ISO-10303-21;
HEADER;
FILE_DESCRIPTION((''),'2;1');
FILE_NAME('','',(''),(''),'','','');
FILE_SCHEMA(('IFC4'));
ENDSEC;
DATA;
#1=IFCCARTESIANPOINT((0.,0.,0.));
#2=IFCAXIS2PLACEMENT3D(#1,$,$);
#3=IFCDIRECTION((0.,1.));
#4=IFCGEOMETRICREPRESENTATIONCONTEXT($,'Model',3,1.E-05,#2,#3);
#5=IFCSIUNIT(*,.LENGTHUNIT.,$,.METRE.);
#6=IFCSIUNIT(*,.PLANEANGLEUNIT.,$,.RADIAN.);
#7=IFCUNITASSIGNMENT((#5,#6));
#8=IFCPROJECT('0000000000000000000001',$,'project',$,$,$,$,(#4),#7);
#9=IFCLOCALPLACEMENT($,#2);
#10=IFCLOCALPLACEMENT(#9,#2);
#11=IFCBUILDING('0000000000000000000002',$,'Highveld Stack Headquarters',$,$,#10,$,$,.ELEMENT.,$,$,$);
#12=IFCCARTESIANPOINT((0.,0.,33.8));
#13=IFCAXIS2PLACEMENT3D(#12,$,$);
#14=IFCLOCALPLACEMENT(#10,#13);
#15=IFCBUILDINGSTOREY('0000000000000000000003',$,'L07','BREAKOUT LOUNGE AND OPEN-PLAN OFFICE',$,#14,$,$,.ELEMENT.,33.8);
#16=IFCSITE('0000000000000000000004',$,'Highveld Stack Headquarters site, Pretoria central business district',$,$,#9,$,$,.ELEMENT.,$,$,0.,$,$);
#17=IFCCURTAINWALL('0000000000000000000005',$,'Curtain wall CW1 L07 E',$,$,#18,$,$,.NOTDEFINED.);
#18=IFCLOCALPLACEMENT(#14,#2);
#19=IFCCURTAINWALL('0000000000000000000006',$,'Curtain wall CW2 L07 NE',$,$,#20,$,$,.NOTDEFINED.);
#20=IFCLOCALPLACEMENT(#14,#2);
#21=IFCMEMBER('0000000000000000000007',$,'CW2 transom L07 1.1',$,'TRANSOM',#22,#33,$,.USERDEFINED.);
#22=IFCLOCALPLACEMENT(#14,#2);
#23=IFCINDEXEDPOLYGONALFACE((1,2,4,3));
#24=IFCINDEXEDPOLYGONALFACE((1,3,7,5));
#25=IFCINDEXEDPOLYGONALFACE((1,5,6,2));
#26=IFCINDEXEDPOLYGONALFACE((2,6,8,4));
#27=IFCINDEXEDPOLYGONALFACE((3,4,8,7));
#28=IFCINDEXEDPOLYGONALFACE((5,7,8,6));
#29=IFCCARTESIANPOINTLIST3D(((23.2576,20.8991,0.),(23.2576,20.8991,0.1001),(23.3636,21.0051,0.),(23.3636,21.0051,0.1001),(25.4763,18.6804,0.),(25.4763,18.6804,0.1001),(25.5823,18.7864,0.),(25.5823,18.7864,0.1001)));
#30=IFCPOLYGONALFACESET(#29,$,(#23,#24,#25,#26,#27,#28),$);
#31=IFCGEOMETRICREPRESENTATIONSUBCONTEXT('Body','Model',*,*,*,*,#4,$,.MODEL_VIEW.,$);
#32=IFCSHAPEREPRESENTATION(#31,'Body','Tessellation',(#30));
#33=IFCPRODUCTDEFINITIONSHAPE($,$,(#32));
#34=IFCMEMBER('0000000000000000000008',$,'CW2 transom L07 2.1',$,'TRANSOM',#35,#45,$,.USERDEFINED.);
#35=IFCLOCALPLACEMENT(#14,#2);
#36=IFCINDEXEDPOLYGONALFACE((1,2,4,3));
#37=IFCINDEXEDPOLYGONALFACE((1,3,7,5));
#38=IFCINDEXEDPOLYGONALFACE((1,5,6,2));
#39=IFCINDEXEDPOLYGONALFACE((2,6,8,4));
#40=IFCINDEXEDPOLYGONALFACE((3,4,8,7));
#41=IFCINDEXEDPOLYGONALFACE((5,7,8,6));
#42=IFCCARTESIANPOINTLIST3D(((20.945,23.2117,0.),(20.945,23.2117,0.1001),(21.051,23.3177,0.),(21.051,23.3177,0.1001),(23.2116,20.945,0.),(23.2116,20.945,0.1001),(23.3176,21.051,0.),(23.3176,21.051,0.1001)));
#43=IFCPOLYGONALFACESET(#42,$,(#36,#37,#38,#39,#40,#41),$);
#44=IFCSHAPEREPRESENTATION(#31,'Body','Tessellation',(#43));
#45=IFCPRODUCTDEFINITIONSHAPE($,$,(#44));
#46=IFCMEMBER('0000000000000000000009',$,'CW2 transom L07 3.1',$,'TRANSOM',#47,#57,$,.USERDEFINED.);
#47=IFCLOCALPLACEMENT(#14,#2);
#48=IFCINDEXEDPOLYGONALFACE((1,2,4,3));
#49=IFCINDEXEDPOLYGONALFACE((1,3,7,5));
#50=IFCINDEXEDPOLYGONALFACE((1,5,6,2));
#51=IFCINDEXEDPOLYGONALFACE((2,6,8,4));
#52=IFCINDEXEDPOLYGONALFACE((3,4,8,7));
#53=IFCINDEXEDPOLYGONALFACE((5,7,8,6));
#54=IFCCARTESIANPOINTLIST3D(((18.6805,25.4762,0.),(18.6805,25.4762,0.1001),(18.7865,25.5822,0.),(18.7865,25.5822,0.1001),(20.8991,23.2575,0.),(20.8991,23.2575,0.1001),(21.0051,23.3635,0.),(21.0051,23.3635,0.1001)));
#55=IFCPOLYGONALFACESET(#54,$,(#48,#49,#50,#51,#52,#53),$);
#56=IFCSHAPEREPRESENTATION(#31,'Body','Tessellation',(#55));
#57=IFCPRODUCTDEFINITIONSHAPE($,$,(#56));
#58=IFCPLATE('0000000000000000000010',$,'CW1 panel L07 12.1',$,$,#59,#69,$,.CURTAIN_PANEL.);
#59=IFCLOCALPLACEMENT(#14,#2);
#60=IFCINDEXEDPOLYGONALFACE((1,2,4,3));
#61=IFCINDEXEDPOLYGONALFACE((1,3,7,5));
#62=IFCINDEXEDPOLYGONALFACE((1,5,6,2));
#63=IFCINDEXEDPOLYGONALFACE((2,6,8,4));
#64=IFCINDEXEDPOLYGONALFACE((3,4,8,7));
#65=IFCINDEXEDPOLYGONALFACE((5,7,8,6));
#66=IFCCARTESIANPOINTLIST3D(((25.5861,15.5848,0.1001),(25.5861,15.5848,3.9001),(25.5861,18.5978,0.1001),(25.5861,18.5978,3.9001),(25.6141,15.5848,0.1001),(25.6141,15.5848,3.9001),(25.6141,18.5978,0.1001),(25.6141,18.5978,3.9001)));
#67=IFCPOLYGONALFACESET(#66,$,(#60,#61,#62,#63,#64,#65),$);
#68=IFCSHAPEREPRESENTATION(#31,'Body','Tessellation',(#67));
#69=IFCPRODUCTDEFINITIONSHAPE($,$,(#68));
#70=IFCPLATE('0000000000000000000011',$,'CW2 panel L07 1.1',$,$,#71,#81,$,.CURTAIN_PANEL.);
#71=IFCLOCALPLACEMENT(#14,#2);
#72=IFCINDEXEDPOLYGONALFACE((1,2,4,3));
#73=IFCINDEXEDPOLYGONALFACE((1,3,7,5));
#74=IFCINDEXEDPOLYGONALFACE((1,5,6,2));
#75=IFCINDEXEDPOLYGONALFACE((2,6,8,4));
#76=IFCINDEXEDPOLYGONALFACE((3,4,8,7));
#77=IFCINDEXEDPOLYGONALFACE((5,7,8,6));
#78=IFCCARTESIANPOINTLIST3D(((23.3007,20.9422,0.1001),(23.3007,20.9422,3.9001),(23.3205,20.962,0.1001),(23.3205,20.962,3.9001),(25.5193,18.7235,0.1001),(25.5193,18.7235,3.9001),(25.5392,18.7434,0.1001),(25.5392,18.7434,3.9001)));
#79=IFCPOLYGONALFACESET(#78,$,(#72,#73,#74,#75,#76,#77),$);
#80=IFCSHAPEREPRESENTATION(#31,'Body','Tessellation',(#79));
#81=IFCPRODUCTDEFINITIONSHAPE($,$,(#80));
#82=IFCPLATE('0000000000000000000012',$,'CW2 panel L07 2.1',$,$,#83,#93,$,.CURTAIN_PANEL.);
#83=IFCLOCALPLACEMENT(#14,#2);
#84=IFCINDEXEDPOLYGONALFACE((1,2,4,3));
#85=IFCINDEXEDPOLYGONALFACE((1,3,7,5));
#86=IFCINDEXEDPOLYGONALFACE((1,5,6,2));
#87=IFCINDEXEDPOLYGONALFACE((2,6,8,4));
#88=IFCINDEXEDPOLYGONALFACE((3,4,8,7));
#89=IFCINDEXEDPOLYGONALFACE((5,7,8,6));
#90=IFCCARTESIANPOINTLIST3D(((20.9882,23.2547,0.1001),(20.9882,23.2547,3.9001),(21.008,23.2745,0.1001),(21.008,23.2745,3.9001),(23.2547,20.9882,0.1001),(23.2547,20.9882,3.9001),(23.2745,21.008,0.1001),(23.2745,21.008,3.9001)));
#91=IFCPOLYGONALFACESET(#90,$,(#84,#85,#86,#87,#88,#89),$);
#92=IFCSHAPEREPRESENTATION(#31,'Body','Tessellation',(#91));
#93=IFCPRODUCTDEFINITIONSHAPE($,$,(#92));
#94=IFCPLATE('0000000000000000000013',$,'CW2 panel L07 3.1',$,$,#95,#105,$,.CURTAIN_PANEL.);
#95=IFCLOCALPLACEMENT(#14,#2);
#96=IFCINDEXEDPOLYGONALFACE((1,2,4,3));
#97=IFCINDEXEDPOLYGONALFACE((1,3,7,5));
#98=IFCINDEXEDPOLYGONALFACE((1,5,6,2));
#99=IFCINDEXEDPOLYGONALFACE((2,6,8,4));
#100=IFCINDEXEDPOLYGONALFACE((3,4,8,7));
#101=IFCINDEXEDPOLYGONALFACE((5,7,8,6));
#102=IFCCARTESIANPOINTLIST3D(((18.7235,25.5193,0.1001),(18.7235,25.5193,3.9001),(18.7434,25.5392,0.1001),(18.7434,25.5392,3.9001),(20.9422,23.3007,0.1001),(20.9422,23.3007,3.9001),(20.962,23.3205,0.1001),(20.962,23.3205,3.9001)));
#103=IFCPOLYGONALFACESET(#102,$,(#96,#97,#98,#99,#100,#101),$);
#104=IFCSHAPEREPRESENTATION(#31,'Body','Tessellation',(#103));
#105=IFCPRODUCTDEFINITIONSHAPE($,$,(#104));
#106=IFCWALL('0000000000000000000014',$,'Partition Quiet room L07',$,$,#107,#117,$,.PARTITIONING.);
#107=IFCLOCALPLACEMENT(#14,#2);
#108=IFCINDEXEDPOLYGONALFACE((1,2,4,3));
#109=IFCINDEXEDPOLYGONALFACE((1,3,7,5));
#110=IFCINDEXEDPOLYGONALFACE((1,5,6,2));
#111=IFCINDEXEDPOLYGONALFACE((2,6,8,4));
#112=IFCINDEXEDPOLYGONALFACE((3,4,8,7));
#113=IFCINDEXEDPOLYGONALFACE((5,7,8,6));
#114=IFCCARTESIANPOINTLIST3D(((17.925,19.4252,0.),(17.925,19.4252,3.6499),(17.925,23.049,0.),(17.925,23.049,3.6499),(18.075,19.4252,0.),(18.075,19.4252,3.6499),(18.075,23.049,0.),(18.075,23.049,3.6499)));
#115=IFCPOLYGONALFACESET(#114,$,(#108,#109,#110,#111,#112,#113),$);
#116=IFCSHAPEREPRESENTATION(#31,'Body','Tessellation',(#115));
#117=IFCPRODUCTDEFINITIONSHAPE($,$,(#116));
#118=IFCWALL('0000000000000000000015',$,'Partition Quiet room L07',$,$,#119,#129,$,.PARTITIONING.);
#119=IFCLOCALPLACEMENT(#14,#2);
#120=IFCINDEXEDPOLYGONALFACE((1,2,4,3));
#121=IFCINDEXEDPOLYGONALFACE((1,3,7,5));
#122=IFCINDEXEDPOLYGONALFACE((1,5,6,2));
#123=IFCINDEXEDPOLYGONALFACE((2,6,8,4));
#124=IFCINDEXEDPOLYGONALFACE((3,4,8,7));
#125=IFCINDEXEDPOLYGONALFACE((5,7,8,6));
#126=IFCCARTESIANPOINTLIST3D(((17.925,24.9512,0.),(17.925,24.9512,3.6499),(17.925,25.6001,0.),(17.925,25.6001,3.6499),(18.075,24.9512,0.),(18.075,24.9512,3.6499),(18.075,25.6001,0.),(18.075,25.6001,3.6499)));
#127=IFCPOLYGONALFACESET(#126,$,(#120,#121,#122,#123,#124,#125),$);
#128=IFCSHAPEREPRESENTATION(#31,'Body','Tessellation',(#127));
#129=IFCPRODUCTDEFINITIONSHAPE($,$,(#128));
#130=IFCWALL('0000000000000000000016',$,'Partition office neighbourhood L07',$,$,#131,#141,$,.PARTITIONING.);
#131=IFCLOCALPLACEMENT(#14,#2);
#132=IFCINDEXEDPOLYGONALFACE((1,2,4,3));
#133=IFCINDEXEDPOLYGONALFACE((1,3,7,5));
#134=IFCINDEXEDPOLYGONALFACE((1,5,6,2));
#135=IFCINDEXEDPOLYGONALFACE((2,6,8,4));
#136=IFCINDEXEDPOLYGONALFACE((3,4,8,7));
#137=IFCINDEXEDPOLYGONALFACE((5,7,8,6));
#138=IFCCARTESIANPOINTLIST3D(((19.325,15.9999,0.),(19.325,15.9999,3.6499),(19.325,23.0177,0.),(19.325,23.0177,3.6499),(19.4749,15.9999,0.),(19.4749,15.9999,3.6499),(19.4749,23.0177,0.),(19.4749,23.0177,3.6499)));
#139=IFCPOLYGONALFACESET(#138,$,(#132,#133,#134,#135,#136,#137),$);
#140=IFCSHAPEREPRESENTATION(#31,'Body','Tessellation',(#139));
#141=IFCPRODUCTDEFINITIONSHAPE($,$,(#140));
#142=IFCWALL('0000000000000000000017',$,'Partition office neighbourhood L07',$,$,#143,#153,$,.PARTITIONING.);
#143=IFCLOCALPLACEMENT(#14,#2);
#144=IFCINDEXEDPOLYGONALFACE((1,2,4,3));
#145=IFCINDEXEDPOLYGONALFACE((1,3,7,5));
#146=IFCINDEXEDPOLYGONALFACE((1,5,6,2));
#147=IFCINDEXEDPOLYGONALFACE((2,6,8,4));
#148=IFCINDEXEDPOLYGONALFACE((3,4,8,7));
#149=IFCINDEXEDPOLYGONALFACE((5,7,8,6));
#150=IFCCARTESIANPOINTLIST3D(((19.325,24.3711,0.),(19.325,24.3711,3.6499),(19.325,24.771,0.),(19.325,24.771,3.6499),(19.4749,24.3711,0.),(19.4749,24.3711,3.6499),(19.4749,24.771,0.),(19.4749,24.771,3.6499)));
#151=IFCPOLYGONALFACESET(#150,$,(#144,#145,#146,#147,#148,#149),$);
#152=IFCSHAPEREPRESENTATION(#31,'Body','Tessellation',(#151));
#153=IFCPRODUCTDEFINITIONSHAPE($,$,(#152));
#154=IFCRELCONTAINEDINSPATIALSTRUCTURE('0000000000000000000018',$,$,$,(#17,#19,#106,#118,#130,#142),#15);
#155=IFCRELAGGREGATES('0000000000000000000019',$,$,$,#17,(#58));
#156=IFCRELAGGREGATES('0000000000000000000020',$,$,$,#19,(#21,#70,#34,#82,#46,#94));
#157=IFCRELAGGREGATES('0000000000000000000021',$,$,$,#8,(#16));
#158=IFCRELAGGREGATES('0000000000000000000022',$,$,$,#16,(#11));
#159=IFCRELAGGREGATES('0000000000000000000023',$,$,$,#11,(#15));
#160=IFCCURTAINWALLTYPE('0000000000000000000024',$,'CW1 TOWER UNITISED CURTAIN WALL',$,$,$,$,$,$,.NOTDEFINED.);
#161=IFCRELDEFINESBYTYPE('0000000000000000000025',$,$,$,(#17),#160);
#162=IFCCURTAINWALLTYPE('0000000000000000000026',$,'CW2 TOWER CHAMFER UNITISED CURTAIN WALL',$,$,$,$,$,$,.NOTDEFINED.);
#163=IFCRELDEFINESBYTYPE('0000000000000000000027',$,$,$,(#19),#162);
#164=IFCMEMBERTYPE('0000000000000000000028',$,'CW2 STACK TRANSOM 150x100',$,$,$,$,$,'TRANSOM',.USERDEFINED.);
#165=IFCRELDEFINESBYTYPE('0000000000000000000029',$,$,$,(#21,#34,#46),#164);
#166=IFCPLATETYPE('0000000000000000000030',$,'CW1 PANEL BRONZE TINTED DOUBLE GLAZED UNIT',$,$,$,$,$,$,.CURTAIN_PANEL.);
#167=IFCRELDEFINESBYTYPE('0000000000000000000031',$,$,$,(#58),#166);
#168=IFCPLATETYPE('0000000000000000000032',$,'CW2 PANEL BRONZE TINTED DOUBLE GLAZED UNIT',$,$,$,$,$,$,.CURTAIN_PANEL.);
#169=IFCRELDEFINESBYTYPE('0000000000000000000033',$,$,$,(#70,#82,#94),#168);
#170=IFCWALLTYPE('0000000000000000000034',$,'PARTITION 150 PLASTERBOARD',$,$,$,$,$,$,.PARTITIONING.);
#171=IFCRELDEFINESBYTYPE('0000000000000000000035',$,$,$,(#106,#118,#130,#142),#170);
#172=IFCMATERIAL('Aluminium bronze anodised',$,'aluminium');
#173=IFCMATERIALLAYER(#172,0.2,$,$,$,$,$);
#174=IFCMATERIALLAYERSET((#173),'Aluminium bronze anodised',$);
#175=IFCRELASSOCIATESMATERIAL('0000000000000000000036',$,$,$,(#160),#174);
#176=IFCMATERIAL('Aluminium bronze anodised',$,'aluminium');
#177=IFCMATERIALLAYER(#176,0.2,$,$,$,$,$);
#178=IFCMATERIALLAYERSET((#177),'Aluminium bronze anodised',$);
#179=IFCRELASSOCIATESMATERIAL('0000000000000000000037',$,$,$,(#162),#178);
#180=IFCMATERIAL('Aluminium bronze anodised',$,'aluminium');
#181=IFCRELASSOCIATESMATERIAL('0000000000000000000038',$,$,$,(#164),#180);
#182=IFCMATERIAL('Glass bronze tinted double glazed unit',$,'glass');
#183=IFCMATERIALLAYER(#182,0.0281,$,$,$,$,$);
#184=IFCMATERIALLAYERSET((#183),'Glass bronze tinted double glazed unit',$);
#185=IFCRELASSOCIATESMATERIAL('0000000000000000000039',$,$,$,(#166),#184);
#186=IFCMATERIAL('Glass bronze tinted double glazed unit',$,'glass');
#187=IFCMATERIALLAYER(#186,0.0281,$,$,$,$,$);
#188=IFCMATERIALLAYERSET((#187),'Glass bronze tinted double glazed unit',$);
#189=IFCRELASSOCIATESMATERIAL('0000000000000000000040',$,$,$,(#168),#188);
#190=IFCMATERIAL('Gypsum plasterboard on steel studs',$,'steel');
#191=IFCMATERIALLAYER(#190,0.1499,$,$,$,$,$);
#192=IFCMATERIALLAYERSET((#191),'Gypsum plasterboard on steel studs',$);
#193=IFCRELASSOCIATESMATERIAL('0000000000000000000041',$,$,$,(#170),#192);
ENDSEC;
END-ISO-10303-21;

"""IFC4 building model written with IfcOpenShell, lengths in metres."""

from ifc_helpers import new_model, si_unit, direction, frame, frame_2d, origin, origin_2d, place, context, subcontext, project, spatial, rectangle, extrude, material, layer, layer_set, material_profile, profile_set, type_object, element, aggregate, save


model = new_model("IFC4")

# Units and contexts
model_context = context("Model", 3, precision=1e-05, world=origin(), true_north=direction((0.0, 1.0)))
body_context = subcontext(model_context, "Body", "Model", "MODEL_VIEW")
ifc_project = project(units=[si_unit("LENGTHUNIT", "METRE"), si_unit("PLANEANGLEUNIT", "RADIAN")], contexts=[model_context])

# Site, building, storey
site_placement = place(None, origin())
site = spatial("IfcSite", under=ifc_project, at=site_placement, Name="Highveld Stack Headquarters site, Pretoria central business district", CompositionType="ELEMENT", RefElevation=0.0)
building_placement = place(site_placement, origin())
building = spatial("IfcBuilding", under=site, at=building_placement, Name="Highveld Stack Headquarters", CompositionType="ELEMENT")
storey_placement = place(building_placement, frame((0.0, 0.0, 33.8)))
storey = spatial("IfcBuildingStorey", under=building, at=storey_placement, Name="L07", Description="BREAKOUT LOUNGE AND OPEN-PLAN OFFICE", CompositionType="ELEMENT", Elevation=33.8)

# Curtain wall
ifc_material_1 = material(Name="Aluminium bronze anodised", Category="aluminium")
ifc_layer_1 = layer(ifc_material_1, 0.2)
ifc_layer_set_1 = layer_set([ifc_layer_1], Name="Aluminium bronze anodised")
curtain_wall_type_1 = type_object("IfcCurtainWallType", Name="CW1 TOWER UNITISED CURTAIN WALL", PredefinedType="NOTDEFINED", material=ifc_layer_set_1)
curtain_wall_1_placement = place(storey_placement, origin())
curtain_wall_1 = element("IfcCurtainWall", 1, at=curtain_wall_1_placement, inside=storey, type_object=curtain_wall_type_1, Name="Curtain wall CW1 L07 E", PredefinedType="NOTDEFINED")

# Curtain wall, members
ifc_material_2 = material(Name="Aluminium bronze anodised", Category="aluminium")
ifc_layer_2 = layer(ifc_material_2, 0.2)
ifc_layer_set_2 = layer_set([ifc_layer_2], Name="Aluminium bronze anodised")
curtain_wall_type_2 = type_object("IfcCurtainWallType", Name="CW2 TOWER CHAMFER UNITISED CURTAIN WALL", PredefinedType="NOTDEFINED", material=ifc_layer_set_2)
curtain_wall_2_placement = place(storey_placement, origin())
curtain_wall_2 = element("IfcCurtainWall", 2, at=curtain_wall_2_placement, inside=storey, type_object=curtain_wall_type_2, Name="Curtain wall CW2 L07 NE", PredefinedType="NOTDEFINED")
ifc_material_3 = material(Name="Aluminium bronze anodised", Category="aluminium")
ifc_material_profile_1 = material_profile(ifc_material_3, rectangle(XDim=0.1499, YDim=0.1001, at=origin_2d()), Name="CW2 TRANSOM 150x100")
ifc_profile_set_1 = profile_set([ifc_material_profile_1], Name="Aluminium bronze anodised")
member_type_1 = type_object("IfcMemberType", Name="CW2 STACK TRANSOM 150x100", ElementType="TRANSOM", PredefinedType="USERDEFINED", material=ifc_profile_set_1)
member_1_placement = place(storey_placement, frame((25.5293, 18.7334, 0.05), z_axis=(-0.707107, 0.707107, 0.0), x_axis=(-0.707107, -0.707107, 0.0)))
member_1 = element("IfcMember", 3, at=member_1_placement, type_object=member_type_1, Name="CW2 transom L07 1.1", ObjectType="TRANSOM", PredefinedType="USERDEFINED", context=body_context, shape_type="SweptSolid", body=[
    extrude(rectangle(XDim=0.1499, YDim=0.1001, at=origin_2d()), origin(), (0.0, 0.0, 1.0), 3.1377),
])
member_2_placement = place(storey_placement, frame((23.2646, 20.998, 0.05), z_axis=(-0.707107, 0.707107, 0.0), x_axis=(-0.707107, -0.707107, 0.0)))
member_2 = element("IfcMember", 4, at=member_2_placement, type_object=member_type_1, Name="CW2 transom L07 2.1", ObjectType="TRANSOM", PredefinedType="USERDEFINED", context=body_context, shape_type="SweptSolid", body=[
    extrude(rectangle(XDim=0.1499, YDim=0.1001, at=origin_2d()), origin(), (0.0, 0.0, 1.0), 3.2056),
])
member_3_placement = place(storey_placement, frame((20.9521, 23.3105, 0.05), z_axis=(-0.707107, 0.707107, 0.0), x_axis=(-0.707107, -0.707107, 0.0)))
member_3 = element("IfcMember", 5, at=member_3_placement, type_object=member_type_1, Name="CW2 transom L07 3.1", ObjectType="TRANSOM", PredefinedType="USERDEFINED", context=body_context, shape_type="SweptSolid", body=[
    extrude(rectangle(XDim=0.1499, YDim=0.1001, at=origin_2d()), origin(), (0.0, 0.0, 1.0), 3.1377),
])

# Plates
ifc_material_4 = material(Name="Glass bronze tinted double glazed unit", Category="glass")
ifc_layer_3 = layer(ifc_material_4, 0.0281)
ifc_layer_set_3 = layer_set([ifc_layer_3], Name="Glass bronze tinted double glazed unit")
plate_type_1 = type_object("IfcPlateType", Name="CW1 PANEL BRONZE TINTED DOUBLE GLAZED UNIT", PredefinedType="CURTAIN_PANEL", material=ifc_layer_set_3)
plate_1_placement = place(storey_placement, frame((25.6001, 17.0913, 0.1001), z_axis=(0.0, 0.0, 1.0), x_axis=(0.0, 1.0, 0.0)))
plate_1 = element("IfcPlate", 6, at=plate_1_placement, type_object=plate_type_1, Name="CW1 panel L07 12.1", PredefinedType="CURTAIN_PANEL", context=body_context, shape_type="SweptSolid", body=[
    extrude(rectangle(XDim=3.0129, YDim=0.0281, at=origin_2d()), origin(), (0.0, 0.0, 1.0), 3.8),
])
aggregate(curtain_wall_1, [plate_1])
ifc_material_5 = material(Name="Glass bronze tinted double glazed unit", Category="glass")
ifc_layer_4 = layer(ifc_material_5, 0.0281)
ifc_layer_set_4 = layer_set([ifc_layer_4], Name="Glass bronze tinted double glazed unit")
plate_type_2 = type_object("IfcPlateType", Name="CW2 PANEL BRONZE TINTED DOUBLE GLAZED UNIT", PredefinedType="CURTAIN_PANEL", material=ifc_layer_set_4)
plate_2_placement = place(storey_placement, frame((24.4199, 19.8428, 0.1001), z_axis=(0.0, 0.0, 1.0), x_axis=(-0.707107, 0.707107, 0.0)))
plate_2 = element("IfcPlate", 7, at=plate_2_placement, type_object=plate_type_2, Name="CW2 panel L07 1.1", PredefinedType="CURTAIN_PANEL", context=body_context, shape_type="SweptSolid", body=[
    extrude(rectangle(XDim=3.1377, YDim=0.0281, at=origin_2d()), origin(), (0.0, 0.0, 1.0), 3.8),
])
plate_3_placement = place(storey_placement, frame((22.1313, 22.1313, 0.1001), z_axis=(0.0, 0.0, 1.0), x_axis=(-0.707107, 0.707107, 0.0)))
plate_3 = element("IfcPlate", 8, at=plate_3_placement, type_object=plate_type_2, Name="CW2 panel L07 2.1", PredefinedType="CURTAIN_PANEL", context=body_context, shape_type="SweptSolid", body=[
    extrude(rectangle(XDim=3.2053, YDim=0.0281, at=origin_2d()), origin(), (0.0, 0.0, 1.0), 3.8),
])
plate_4_placement = place(storey_placement, frame((19.8428, 24.4199, 0.1001), z_axis=(0.0, 0.0, 1.0), x_axis=(-0.707107, 0.707107, 0.0)))
plate_4 = element("IfcPlate", 9, at=plate_4_placement, type_object=plate_type_2, Name="CW2 panel L07 3.1", PredefinedType="CURTAIN_PANEL", context=body_context, shape_type="SweptSolid", body=[
    extrude(rectangle(XDim=3.1377, YDim=0.0281, at=origin_2d()), origin(), (0.0, 0.0, 1.0), 3.8),
])
aggregate(curtain_wall_2, [member_1, plate_2, member_2, plate_3, member_3, plate_4])

# Walls
ifc_material_6 = material(Name="Gypsum plasterboard on steel studs", Category="steel")
ifc_layer_5 = layer(ifc_material_6, 0.1499)
ifc_layer_set_5 = layer_set([ifc_layer_5], Name="Gypsum plasterboard on steel studs")
wall_type = type_object("IfcWallType", Name="PARTITION 150 PLASTERBOARD", PredefinedType="PARTITIONING", material=ifc_layer_set_5)
wall_1_placement = place(storey_placement, frame((18.0, 19.425, 0.0), z_axis=(0.0, 0.0, 1.0), x_axis=(0.0, 1.0, 0.0)))
element("IfcWall", 10, at=wall_1_placement, inside=storey, type_object=wall_type, Name="Partition Quiet room L07", PredefinedType="PARTITIONING", context=body_context, shape_type="SweptSolid", body=[
    extrude(rectangle(XDim=3.6238, YDim=0.1499, at=frame_2d((1.812, 0.0))), origin(), (0.0, 0.0, 1.0), 3.6499),
])
wall_2_placement = place(storey_placement, frame((18.0, 24.9512, 0.0), z_axis=(0.0, 0.0, 1.0), x_axis=(0.0, 1.0, 0.0)))
element("IfcWall", 11, at=wall_2_placement, inside=storey, type_object=wall_type, Name="Partition Quiet room L07", PredefinedType="PARTITIONING", context=body_context, shape_type="SweptSolid", body=[
    extrude(rectangle(XDim=0.6489, YDim=0.1499, at=frame_2d((0.3245, 0.0))), origin(), (0.0, 0.0, 1.0), 3.6499),
])
wall_3_placement = place(storey_placement, frame((19.3999, 16.0, 0.0), z_axis=(0.0, 0.0, 1.0), x_axis=(0.0, 1.0, 0.0)))
element("IfcWall", 12, at=wall_3_placement, inside=storey, type_object=wall_type, Name="Partition office neighbourhood L07", PredefinedType="PARTITIONING", context=body_context, shape_type="SweptSolid", body=[
    extrude(rectangle(XDim=7.0178, YDim=0.1499, at=frame_2d((3.5088, 0.0))), origin(), (0.0, 0.0, 1.0), 3.6499),
])
wall_4_placement = place(storey_placement, frame((19.3999, 24.3711, 0.0), z_axis=(0.0, 0.0, 1.0), x_axis=(0.0, 1.0, 0.0)))
element("IfcWall", 13, at=wall_4_placement, inside=storey, type_object=wall_type, Name="Partition office neighbourhood L07", PredefinedType="PARTITIONING", context=body_context, shape_type="SweptSolid", body=[
    extrude(rectangle(XDim=0.3999, YDim=0.1499, at=frame_2d((0.2, 0.0))), origin(), (0.0, 0.0, 1.0), 3.6499),
])

save(model, "model.ifc")
